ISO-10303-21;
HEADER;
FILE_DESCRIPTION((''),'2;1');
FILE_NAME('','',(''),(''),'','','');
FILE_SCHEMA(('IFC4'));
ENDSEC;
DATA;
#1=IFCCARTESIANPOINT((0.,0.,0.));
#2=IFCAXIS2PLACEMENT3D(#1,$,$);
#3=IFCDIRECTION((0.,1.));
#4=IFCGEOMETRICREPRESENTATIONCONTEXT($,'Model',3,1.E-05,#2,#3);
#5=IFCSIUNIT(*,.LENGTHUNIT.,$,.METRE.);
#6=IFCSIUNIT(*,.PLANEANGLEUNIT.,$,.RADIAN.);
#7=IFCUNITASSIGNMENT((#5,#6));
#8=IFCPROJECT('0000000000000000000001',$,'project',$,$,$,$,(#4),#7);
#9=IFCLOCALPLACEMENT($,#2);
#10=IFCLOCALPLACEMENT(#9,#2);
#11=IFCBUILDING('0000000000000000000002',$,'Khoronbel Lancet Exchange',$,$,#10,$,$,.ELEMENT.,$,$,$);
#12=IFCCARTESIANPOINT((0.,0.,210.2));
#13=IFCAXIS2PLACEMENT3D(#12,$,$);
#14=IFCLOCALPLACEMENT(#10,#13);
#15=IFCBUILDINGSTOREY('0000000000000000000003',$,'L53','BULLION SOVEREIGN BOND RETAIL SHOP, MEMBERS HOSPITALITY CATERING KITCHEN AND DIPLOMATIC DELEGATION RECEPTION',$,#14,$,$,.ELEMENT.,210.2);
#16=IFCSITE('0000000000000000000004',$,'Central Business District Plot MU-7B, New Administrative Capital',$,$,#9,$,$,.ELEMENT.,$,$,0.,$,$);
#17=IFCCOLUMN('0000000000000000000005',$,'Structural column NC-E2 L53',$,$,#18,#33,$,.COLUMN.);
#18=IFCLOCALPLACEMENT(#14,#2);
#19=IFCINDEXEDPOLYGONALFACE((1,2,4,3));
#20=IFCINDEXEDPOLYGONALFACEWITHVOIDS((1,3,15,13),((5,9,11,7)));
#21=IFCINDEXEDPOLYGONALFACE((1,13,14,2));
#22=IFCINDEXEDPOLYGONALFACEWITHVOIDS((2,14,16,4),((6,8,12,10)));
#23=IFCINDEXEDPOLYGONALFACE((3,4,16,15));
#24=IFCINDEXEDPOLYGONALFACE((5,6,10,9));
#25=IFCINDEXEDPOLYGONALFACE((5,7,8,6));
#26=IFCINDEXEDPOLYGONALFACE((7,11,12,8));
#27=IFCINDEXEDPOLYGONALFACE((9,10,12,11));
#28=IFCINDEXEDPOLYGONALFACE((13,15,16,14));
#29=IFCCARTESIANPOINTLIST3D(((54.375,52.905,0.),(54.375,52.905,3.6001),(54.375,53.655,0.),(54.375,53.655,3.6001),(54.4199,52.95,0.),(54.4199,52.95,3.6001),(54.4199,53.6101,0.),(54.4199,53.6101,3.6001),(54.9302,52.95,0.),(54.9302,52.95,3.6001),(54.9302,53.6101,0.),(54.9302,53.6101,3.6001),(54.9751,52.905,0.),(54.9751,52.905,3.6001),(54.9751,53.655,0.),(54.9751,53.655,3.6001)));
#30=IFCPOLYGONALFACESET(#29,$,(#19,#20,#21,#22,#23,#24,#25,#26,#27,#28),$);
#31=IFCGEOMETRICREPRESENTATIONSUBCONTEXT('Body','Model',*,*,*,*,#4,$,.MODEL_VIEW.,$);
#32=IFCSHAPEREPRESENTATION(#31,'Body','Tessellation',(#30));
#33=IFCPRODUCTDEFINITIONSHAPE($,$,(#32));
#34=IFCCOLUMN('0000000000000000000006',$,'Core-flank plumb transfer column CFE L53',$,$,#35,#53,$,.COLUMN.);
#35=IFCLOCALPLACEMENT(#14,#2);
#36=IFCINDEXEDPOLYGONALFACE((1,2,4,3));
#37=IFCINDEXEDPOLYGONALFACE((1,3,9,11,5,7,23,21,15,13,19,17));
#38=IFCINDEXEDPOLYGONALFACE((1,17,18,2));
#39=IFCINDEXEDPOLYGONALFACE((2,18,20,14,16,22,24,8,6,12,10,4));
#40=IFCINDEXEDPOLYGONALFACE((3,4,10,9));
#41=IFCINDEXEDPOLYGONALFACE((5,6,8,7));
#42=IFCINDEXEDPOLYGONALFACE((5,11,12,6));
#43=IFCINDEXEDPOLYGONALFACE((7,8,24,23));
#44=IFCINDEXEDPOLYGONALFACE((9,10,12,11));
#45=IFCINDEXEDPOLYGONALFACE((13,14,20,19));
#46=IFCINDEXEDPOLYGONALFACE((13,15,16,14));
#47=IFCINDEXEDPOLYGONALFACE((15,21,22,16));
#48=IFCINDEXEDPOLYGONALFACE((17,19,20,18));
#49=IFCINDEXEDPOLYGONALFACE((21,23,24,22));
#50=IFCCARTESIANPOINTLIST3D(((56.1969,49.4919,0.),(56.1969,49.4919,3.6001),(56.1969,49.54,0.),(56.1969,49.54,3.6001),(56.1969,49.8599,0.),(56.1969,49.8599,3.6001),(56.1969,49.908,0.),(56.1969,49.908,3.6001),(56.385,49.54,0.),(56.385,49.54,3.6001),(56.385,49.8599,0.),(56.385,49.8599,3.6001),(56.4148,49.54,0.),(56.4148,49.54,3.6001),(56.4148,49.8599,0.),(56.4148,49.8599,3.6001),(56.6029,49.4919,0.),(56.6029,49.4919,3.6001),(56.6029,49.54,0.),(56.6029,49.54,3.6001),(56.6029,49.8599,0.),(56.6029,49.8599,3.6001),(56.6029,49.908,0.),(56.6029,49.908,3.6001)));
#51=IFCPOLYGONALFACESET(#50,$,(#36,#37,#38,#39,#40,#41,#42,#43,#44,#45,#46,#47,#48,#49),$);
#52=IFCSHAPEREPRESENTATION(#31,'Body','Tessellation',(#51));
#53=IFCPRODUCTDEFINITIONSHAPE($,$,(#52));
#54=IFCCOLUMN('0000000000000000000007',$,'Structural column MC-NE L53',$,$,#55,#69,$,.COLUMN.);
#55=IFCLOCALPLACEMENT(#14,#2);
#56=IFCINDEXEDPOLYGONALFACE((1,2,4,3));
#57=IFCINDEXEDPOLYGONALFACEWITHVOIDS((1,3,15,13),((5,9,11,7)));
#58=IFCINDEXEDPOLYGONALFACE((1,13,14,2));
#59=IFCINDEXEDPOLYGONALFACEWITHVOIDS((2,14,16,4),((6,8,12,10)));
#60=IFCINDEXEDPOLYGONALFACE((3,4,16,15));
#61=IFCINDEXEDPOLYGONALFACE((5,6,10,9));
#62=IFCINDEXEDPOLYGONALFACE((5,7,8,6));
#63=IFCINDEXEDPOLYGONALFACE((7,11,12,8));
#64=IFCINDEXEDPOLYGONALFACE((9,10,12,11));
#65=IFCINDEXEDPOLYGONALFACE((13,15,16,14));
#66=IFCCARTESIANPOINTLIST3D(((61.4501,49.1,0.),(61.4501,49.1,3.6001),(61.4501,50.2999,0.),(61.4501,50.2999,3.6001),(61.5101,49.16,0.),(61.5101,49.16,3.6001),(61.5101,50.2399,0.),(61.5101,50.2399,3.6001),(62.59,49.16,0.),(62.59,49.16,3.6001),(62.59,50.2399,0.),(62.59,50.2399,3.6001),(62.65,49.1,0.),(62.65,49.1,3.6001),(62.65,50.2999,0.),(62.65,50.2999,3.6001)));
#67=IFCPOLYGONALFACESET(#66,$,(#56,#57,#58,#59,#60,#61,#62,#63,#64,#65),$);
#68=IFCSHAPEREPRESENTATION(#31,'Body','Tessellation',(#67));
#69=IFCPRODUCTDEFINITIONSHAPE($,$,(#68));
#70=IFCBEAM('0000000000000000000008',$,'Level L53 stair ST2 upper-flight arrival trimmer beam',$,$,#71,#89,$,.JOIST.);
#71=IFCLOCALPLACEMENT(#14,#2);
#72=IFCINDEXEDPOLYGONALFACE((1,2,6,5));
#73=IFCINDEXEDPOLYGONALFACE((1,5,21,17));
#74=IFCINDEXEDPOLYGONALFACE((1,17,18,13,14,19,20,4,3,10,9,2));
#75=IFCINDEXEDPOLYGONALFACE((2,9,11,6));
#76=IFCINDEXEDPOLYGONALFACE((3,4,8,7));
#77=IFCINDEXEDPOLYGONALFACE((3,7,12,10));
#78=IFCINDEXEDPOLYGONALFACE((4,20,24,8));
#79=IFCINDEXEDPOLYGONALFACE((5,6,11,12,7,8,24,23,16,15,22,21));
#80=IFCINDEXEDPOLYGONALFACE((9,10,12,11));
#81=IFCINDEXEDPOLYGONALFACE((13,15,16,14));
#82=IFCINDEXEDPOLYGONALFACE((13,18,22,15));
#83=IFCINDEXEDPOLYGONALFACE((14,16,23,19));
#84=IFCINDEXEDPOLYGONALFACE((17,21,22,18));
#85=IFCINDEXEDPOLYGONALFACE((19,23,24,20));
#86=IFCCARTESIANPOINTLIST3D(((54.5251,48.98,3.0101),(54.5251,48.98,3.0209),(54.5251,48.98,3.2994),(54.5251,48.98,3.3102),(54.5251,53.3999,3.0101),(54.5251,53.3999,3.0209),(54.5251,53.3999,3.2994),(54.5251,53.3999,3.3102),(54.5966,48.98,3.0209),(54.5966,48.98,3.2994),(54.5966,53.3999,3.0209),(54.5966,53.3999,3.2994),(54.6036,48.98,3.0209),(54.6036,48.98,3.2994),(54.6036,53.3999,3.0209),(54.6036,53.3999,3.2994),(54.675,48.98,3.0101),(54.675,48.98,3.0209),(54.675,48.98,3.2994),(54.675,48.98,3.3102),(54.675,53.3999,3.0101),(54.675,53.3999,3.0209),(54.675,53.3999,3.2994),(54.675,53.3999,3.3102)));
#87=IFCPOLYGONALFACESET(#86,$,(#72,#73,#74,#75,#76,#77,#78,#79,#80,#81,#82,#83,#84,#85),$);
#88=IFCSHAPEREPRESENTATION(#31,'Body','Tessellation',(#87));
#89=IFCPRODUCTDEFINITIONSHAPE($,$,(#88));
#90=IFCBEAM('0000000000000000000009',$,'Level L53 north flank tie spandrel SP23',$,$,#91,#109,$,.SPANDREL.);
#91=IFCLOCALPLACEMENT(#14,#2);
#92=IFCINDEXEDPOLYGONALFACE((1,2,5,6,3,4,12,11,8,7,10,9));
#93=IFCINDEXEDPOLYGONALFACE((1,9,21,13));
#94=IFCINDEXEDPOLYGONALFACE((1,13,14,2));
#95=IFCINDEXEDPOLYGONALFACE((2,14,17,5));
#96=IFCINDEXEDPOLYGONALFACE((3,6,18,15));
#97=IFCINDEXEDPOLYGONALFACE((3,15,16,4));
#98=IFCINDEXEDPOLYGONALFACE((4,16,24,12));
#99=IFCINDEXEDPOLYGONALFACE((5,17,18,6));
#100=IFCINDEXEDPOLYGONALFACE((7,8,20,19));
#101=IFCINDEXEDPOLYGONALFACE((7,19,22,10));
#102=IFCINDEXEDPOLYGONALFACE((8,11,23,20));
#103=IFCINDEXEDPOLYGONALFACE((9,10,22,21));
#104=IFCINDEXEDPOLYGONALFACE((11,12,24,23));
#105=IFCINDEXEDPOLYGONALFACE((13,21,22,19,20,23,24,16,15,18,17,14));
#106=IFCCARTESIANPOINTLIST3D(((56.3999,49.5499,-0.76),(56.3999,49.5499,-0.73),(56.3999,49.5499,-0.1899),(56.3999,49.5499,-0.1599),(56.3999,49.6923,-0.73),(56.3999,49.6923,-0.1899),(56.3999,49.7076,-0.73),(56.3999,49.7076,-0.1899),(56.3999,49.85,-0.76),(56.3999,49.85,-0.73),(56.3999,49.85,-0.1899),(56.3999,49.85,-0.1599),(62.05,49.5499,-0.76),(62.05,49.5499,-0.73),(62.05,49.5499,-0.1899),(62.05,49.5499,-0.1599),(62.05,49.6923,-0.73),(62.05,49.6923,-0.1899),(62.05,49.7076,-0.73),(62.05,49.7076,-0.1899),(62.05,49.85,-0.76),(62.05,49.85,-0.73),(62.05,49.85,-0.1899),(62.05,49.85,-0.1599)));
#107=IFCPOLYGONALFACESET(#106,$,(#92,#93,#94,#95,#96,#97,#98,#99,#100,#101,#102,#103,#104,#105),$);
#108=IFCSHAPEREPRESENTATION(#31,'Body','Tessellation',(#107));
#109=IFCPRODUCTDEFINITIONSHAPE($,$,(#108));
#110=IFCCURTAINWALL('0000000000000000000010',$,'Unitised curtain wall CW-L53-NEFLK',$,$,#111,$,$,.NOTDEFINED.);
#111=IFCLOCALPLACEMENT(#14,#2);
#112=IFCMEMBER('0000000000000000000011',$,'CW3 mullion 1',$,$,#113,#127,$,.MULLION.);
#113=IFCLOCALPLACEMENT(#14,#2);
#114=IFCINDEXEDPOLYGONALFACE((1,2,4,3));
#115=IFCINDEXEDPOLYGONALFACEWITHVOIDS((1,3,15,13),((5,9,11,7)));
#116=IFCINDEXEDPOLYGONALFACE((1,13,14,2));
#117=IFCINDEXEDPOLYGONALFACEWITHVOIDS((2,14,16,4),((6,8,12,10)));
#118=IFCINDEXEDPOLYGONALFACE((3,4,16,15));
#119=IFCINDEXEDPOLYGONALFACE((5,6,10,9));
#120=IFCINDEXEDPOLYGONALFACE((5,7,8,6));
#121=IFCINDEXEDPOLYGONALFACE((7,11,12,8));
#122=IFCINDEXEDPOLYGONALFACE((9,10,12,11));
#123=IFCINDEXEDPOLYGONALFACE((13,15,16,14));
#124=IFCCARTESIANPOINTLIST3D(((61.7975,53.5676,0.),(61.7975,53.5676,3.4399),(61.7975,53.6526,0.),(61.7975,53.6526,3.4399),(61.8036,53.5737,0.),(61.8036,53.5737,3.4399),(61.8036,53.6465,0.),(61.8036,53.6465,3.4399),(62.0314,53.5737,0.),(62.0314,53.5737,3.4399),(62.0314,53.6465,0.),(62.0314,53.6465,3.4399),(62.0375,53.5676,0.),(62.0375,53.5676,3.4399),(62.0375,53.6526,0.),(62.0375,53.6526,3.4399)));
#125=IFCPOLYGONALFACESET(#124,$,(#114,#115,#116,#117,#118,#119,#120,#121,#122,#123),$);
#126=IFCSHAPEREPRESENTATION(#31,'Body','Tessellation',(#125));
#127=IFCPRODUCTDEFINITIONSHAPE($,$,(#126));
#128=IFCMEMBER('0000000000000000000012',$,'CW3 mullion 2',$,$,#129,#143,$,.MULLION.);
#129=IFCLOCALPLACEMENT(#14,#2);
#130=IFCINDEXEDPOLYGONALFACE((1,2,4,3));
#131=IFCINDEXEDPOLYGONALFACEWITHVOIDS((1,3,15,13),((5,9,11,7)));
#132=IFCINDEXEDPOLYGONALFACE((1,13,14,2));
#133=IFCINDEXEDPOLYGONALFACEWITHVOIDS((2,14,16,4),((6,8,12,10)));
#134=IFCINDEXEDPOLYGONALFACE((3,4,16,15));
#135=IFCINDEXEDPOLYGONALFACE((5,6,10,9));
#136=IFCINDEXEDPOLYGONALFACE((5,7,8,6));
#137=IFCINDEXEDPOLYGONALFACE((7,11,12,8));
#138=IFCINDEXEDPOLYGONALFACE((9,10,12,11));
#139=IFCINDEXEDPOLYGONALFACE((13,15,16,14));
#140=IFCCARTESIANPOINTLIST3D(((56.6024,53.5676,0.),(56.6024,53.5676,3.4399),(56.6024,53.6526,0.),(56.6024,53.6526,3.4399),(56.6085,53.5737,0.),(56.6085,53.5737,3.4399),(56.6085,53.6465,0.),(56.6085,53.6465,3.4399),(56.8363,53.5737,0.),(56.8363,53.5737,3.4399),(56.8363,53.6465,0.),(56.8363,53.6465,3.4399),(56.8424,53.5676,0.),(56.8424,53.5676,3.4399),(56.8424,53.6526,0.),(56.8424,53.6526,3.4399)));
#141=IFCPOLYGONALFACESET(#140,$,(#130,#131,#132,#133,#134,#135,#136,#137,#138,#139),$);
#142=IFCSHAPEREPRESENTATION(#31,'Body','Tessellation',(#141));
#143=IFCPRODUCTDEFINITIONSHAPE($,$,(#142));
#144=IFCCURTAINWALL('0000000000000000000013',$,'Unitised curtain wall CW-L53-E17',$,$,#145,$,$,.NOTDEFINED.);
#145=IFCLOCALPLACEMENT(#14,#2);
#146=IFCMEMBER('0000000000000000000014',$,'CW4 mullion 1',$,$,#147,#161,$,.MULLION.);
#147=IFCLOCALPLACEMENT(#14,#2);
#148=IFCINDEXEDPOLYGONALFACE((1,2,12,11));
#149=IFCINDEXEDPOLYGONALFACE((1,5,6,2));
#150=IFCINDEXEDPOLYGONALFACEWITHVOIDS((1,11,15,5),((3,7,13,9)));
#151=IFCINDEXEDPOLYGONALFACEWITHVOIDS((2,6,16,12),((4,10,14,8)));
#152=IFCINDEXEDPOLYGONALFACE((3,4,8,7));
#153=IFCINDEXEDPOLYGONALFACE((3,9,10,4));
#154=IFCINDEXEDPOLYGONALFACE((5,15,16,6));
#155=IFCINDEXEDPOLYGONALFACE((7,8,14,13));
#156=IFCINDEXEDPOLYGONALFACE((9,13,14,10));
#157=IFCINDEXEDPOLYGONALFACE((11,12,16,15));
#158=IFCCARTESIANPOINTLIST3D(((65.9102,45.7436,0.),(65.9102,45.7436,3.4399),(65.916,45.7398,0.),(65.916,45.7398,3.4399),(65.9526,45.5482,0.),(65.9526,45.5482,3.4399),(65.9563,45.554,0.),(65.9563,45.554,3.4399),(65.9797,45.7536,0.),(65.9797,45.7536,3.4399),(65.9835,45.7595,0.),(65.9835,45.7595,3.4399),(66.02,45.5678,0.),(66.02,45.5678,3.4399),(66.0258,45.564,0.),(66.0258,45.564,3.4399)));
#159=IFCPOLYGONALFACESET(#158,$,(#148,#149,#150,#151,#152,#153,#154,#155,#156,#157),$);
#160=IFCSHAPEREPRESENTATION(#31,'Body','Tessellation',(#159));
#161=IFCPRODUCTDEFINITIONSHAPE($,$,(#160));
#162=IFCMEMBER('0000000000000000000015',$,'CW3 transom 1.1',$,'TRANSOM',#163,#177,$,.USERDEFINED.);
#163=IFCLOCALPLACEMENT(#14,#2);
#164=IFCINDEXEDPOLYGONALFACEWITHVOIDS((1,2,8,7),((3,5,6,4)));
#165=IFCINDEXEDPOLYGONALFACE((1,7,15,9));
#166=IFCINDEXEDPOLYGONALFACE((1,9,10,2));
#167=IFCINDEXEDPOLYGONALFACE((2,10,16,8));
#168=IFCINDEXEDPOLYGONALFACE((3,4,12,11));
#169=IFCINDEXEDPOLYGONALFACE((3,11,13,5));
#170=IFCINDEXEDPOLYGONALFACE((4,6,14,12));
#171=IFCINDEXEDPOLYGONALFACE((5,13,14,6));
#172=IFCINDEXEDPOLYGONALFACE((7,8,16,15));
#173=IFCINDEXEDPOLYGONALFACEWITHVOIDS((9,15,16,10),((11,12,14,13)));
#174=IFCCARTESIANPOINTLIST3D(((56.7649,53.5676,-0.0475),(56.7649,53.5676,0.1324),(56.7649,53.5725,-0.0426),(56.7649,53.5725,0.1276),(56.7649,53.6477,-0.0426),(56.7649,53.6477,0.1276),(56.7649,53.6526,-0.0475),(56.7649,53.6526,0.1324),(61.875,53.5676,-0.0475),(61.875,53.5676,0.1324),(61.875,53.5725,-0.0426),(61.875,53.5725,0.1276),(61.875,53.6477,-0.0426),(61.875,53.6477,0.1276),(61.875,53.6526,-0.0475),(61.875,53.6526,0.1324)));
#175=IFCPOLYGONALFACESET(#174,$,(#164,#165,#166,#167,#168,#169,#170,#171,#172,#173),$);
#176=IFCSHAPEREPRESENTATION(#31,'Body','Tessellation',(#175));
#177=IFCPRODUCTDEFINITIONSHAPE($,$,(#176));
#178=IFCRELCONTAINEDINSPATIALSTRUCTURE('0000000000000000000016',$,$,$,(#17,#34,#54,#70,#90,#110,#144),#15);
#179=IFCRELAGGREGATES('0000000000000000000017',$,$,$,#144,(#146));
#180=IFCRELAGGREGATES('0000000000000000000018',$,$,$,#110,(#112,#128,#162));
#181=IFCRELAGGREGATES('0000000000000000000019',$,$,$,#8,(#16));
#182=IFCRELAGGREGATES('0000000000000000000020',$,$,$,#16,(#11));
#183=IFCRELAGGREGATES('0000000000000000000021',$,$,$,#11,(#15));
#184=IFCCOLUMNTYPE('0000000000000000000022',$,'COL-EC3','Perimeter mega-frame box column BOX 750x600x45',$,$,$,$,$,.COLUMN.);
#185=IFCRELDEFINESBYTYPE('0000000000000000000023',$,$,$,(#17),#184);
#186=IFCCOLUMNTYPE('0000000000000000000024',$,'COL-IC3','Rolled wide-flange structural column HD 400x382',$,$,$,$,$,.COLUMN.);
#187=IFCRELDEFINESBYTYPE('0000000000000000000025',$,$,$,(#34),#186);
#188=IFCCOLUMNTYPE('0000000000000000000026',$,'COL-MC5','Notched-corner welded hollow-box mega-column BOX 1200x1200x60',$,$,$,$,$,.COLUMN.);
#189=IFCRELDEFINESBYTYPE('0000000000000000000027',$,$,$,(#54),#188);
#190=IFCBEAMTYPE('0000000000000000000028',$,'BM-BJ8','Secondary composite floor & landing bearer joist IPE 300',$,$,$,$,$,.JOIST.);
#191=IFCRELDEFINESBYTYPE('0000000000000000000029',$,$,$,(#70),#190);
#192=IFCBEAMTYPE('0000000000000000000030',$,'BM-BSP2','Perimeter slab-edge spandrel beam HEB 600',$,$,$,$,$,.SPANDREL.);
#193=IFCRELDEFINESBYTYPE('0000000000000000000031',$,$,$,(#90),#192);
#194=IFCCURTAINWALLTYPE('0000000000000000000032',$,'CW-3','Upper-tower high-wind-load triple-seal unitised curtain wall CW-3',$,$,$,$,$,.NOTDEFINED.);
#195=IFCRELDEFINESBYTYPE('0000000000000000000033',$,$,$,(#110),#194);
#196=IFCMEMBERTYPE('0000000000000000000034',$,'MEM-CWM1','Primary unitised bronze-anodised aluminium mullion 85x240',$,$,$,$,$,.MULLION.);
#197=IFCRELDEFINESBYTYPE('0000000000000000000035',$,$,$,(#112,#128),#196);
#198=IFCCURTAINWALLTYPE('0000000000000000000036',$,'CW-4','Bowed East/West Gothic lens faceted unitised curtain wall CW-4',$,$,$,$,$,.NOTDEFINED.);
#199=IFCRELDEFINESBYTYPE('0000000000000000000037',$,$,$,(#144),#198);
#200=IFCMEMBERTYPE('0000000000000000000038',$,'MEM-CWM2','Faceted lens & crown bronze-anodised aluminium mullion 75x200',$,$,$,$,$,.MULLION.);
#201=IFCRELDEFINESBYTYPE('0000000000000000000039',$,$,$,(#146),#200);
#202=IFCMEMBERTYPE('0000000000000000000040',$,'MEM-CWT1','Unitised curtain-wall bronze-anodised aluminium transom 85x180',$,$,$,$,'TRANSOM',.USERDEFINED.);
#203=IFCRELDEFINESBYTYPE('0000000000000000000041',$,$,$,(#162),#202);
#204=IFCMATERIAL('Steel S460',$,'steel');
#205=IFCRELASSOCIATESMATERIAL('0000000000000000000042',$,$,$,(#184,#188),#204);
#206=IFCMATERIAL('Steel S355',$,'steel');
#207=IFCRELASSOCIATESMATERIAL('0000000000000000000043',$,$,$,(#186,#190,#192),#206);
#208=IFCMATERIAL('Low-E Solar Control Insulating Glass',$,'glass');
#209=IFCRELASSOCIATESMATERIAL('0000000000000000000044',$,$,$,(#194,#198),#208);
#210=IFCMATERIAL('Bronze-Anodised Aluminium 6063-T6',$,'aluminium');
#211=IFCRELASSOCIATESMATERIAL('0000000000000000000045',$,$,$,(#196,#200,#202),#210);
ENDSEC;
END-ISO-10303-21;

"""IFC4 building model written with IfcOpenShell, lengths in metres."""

from ifc_helpers import new_model, si_unit, direction, frame, origin, origin_2d, place, context, subcontext, project, spatial, hollow_rectangle, i_section, extrude, material, material_profile, profile_set, type_object, element, aggregate, save


model = new_model("IFC4")

# Units and contexts
model_context = context("Model", 3, precision=1e-05, world=origin(), true_north=direction((0.0, 1.0)))
body_context = subcontext(model_context, "Body", "Model", "MODEL_VIEW")
ifc_project = project(units=[si_unit("LENGTHUNIT", "METRE"), si_unit("PLANEANGLEUNIT", "RADIAN")], contexts=[model_context])

# Site, building, storey
site_placement = place(None, origin())
site = spatial("IfcSite", under=ifc_project, at=site_placement, Name="Central Business District Plot MU-7B, New Administrative Capital", CompositionType="ELEMENT", RefElevation=0.0)
building_placement = place(site_placement, origin())
building = spatial("IfcBuilding", under=site, at=building_placement, Name="Khoronbel Lancet Exchange", CompositionType="ELEMENT")
storey_placement = place(building_placement, frame((0.0, 0.0, 210.2)))
storey = spatial("IfcBuildingStorey", under=building, at=storey_placement, Name="L53", Description="BULLION SOVEREIGN BOND RETAIL SHOP, MEMBERS HOSPITALITY CATERING KITCHEN AND DIPLOMATIC DELEGATION RECEPTION", CompositionType="ELEMENT", Elevation=210.2)

# Columns
ifc_material_1 = material(Name="Steel S460", Category="steel")
ifc_material_profile_1 = material_profile(ifc_material_1, hollow_rectangle(XDim=0.6001, YDim=0.75, WallThickness=0.0449, at=origin_2d()), Name="BOX 750x600x45")
ifc_profile_set_1 = profile_set([ifc_material_profile_1], Name="Steel S460")
column_type_1 = type_object("IfcColumnType", Name="COL-EC3", Description="Perimeter mega-frame box column BOX 750x600x45", PredefinedType="COLUMN", material=ifc_profile_set_1)
column_1_placement = place(storey_placement, frame((54.675, 53.28, 0.0), z_axis=(0.0, 0.0, 1.0), x_axis=(1.0, 0.0, 0.0)))
element("IfcColumn", 1, at=column_1_placement, inside=storey, type_object=column_type_1, Name="Structural column NC-E2 L53", PredefinedType="COLUMN", context=body_context, shape_type="SweptSolid", body=[
    extrude(hollow_rectangle(XDim=0.6001, YDim=0.75, WallThickness=0.0449, at=origin_2d()), origin(), (0.0, 0.0, 1.0), 3.6001),
])
ifc_material_2 = material(Name="Steel S355", Category="steel")
ifc_material_profile_2 = material_profile(ifc_material_2, i_section(OverallWidth=0.406, OverallDepth=0.416, WebThickness=0.0298, FlangeThickness=0.0481, at=origin_2d()), Name="HD 400x382")
ifc_profile_set_2 = profile_set([ifc_material_profile_2], Name="Steel S355")
column_type_2 = type_object("IfcColumnType", Name="COL-IC3", Description="Rolled wide-flange structural column HD 400x382", PredefinedType="COLUMN", material=ifc_profile_set_2)
column_2_placement = place(storey_placement, frame((56.3999, 49.7, 0.0), z_axis=(0.0, 0.0, 1.0), x_axis=(1.0, 0.0, 0.0)))
element("IfcColumn", 2, at=column_2_placement, inside=storey, type_object=column_type_2, Name="Core-flank plumb transfer column CFE L53", PredefinedType="COLUMN", context=body_context, shape_type="SweptSolid", body=[
    extrude(i_section(OverallWidth=0.406, OverallDepth=0.416, WebThickness=0.0298, FlangeThickness=0.0481, at=origin_2d()), origin(), (0.0, 0.0, 1.0), 3.6001),
])
ifc_material_profile_3 = material_profile(ifc_material_1, hollow_rectangle(XDim=1.2, YDim=1.2, WallThickness=0.0601, at=origin_2d()), Name="BOX 1200x1200x60")
ifc_profile_set_3 = profile_set([ifc_material_profile_3], Name="Steel S460")
column_type_3 = type_object("IfcColumnType", Name="COL-MC5", Description="Notched-corner welded hollow-box mega-column BOX 1200x1200x60", PredefinedType="COLUMN", material=ifc_profile_set_3)
column_3_placement = place(storey_placement, frame((62.05, 49.7, 0.0), z_axis=(0.0, 0.0, 1.0), x_axis=(1.0, 0.0, 0.0)))
element("IfcColumn", 3, at=column_3_placement, inside=storey, type_object=column_type_3, Name="Structural column MC-NE L53", PredefinedType="COLUMN", context=body_context, shape_type="SweptSolid", body=[
    extrude(hollow_rectangle(XDim=1.2, YDim=1.2, WallThickness=0.0601, at=origin_2d()), origin(), (0.0, 0.0, 1.0), 3.6001),
])

# Beams
ifc_material_profile_4 = material_profile(ifc_material_2, i_section(OverallWidth=0.1499, OverallDepth=0.3, WebThickness=0.0071, FlangeThickness=0.0107, at=origin_2d()), Name="IPE 300")
ifc_profile_set_4 = profile_set([ifc_material_profile_4], Name="Steel S355")
beam_type_1 = type_object("IfcBeamType", Name="BM-BJ8", Description="Secondary composite floor & landing bearer joist IPE 300", PredefinedType="JOIST", material=ifc_profile_set_4)
beam_1_placement = place(storey_placement, frame((54.6001, 48.98, 3.1602), z_axis=(0.0, 1.0, 0.0), x_axis=(-1.0, 0.0, 0.0)))
element("IfcBeam", 4, at=beam_1_placement, inside=storey, type_object=beam_type_1, Name="Level L53 stair ST2 upper-flight arrival trimmer beam", PredefinedType="JOIST", context=body_context, shape_type="SweptSolid", body=[
    extrude(i_section(OverallWidth=0.1499, OverallDepth=0.3, WebThickness=0.0071, FlangeThickness=0.0107, at=origin_2d()), origin(), (0.0, 0.0, 1.0), 4.4199),
])
ifc_material_profile_5 = material_profile(ifc_material_2, i_section(OverallWidth=0.3, OverallDepth=0.6001, WebThickness=0.0154, FlangeThickness=0.03, at=origin_2d()), Name="HEB 600")
ifc_profile_set_5 = profile_set([ifc_material_profile_5], Name="Steel S355")
beam_type_2 = type_object("IfcBeamType", Name="BM-BSP2", Description="Perimeter slab-edge spandrel beam HEB 600", PredefinedType="SPANDREL", material=ifc_profile_set_5)
beam_2_placement = place(storey_placement, frame((62.05, 49.7, -0.46), z_axis=(-1.0, 0.0, 0.0), x_axis=(0.0, -1.0, 0.0)))
element("IfcBeam", 5, at=beam_2_placement, inside=storey, type_object=beam_type_2, Name="Level L53 north flank tie spandrel SP23", PredefinedType="SPANDREL", context=body_context, shape_type="SweptSolid", body=[
    extrude(i_section(OverallWidth=0.3, OverallDepth=0.6001, WebThickness=0.0154, FlangeThickness=0.03, at=origin_2d()), origin(), (0.0, 0.0, 1.0), 5.6501),
])

# Curtain wall, members
ifc_material_3 = material(Name="Low-E Solar Control Insulating Glass", Category="glass")
curtain_wall_type_1 = type_object("IfcCurtainWallType", Name="CW-3", Description="Upper-tower high-wind-load triple-seal unitised curtain wall CW-3", PredefinedType="NOTDEFINED", material=ifc_material_3)
curtain_wall_1_placement = place(storey_placement, origin())
curtain_wall_1 = element("IfcCurtainWall", 6, at=curtain_wall_1_placement, inside=storey, type_object=curtain_wall_type_1, Name="Unitised curtain wall CW-L53-NEFLK", PredefinedType="NOTDEFINED")
ifc_material_4 = material(Name="Bronze-Anodised Aluminium 6063-T6", Category="aluminium")
ifc_material_profile_6 = material_profile(ifc_material_4, hollow_rectangle(XDim=0.085, YDim=0.24, WallThickness=0.0061, at=origin_2d()), Name="ALU MULLION 85x240")
ifc_profile_set_6 = profile_set([ifc_material_profile_6], Name="Bronze-Anodised Aluminium 6063-T6")
member_type_1 = type_object("IfcMemberType", Name="MEM-CWM1", Description="Primary unitised bronze-anodised aluminium mullion 85x240", PredefinedType="MULLION", material=ifc_profile_set_6)
member_1_placement = place(storey_placement, frame((61.9175, 53.6101, 0.0), z_axis=(0.0, 0.0, 1.0), x_axis=(0.0, -1.0, 0.0)))
member_1 = element("IfcMember", 7, at=member_1_placement, type_object=member_type_1, Name="CW3 mullion 1", PredefinedType="MULLION", context=body_context, shape_type="SweptSolid", body=[
    extrude(hollow_rectangle(XDim=0.085, YDim=0.24, WallThickness=0.0061, at=origin_2d()), origin(), (0.0, 0.0, 1.0), 3.4399),
])
member_2_placement = place(storey_placement, frame((56.7224, 53.6101, 0.0), z_axis=(0.0, 0.0, 1.0), x_axis=(0.0, -1.0, 0.0)))
member_2 = element("IfcMember", 8, at=member_2_placement, type_object=member_type_1, Name="CW3 mullion 2", PredefinedType="MULLION", context=body_context, shape_type="SweptSolid", body=[
    extrude(hollow_rectangle(XDim=0.085, YDim=0.24, WallThickness=0.0061, at=origin_2d()), origin(), (0.0, 0.0, 1.0), 3.4399),
])

# Curtain wall, member
curtain_wall_type_2 = type_object("IfcCurtainWallType", Name="CW-4", Description="Bowed East/West Gothic lens faceted unitised curtain wall CW-4", PredefinedType="NOTDEFINED", material=ifc_material_3)
curtain_wall_2_placement = place(storey_placement, origin())
curtain_wall_2 = element("IfcCurtainWall", 9, at=curtain_wall_2_placement, inside=storey, type_object=curtain_wall_type_2, Name="Unitised curtain wall CW-L53-E17", PredefinedType="NOTDEFINED")
ifc_material_profile_7 = material_profile(ifc_material_4, hollow_rectangle(XDim=0.075, YDim=0.2, WallThickness=0.0049, at=origin_2d()), Name="ALU MULLION 75x200")
ifc_profile_set_7 = profile_set([ifc_material_profile_7], Name="Bronze-Anodised Aluminium 6063-T6")
member_type_2 = type_object("IfcMemberType", Name="MEM-CWM2", Description="Faceted lens & crown bronze-anodised aluminium mullion 75x200", PredefinedType="MULLION", material=ifc_profile_set_7)
member_3_placement = place(storey_placement, frame((65.968, 45.6538, 0.0), z_axis=(0.0, 0.0, 1.0), x_axis=(0.977287, 0.211921, 0.0)))
member_3 = element("IfcMember", 10, at=member_3_placement, type_object=member_type_2, Name="CW4 mullion 1", PredefinedType="MULLION", context=body_context, shape_type="SweptSolid", body=[
    extrude(hollow_rectangle(XDim=0.075, YDim=0.2, WallThickness=0.0049, at=origin_2d()), origin(), (0.0, 0.0, 1.0), 3.4399),
])
aggregate(curtain_wall_2, [member_3])

# Member
ifc_material_profile_8 = material_profile(ifc_material_4, hollow_rectangle(XDim=0.085, YDim=0.1799, WallThickness=0.0049, at=origin_2d()), Name="ALU TRANSOM 85x180")
ifc_profile_set_8 = profile_set([ifc_material_profile_8], Name="Bronze-Anodised Aluminium 6063-T6")
member_type_3 = type_object("IfcMemberType", Name="MEM-CWT1", Description="Unitised curtain-wall bronze-anodised aluminium transom 85x180", ElementType="TRANSOM", PredefinedType="USERDEFINED", material=ifc_profile_set_8)
member_4_placement = place(storey_placement, frame((61.875, 53.6101, 0.0425), z_axis=(-1.0, 0.0, 0.0), x_axis=(0.0, -1.0, 0.0)))
member_4 = element("IfcMember", 11, at=member_4_placement, type_object=member_type_3, Name="CW3 transom 1.1", ObjectType="TRANSOM", PredefinedType="USERDEFINED", context=body_context, shape_type="SweptSolid", body=[
    extrude(hollow_rectangle(XDim=0.085, YDim=0.1799, WallThickness=0.0049, at=origin_2d()), origin(), (0.0, 0.0, 1.0), 5.1101),
])

aggregate(curtain_wall_1, [member_1, member_2, member_4])

save(model, "model.ifc")
